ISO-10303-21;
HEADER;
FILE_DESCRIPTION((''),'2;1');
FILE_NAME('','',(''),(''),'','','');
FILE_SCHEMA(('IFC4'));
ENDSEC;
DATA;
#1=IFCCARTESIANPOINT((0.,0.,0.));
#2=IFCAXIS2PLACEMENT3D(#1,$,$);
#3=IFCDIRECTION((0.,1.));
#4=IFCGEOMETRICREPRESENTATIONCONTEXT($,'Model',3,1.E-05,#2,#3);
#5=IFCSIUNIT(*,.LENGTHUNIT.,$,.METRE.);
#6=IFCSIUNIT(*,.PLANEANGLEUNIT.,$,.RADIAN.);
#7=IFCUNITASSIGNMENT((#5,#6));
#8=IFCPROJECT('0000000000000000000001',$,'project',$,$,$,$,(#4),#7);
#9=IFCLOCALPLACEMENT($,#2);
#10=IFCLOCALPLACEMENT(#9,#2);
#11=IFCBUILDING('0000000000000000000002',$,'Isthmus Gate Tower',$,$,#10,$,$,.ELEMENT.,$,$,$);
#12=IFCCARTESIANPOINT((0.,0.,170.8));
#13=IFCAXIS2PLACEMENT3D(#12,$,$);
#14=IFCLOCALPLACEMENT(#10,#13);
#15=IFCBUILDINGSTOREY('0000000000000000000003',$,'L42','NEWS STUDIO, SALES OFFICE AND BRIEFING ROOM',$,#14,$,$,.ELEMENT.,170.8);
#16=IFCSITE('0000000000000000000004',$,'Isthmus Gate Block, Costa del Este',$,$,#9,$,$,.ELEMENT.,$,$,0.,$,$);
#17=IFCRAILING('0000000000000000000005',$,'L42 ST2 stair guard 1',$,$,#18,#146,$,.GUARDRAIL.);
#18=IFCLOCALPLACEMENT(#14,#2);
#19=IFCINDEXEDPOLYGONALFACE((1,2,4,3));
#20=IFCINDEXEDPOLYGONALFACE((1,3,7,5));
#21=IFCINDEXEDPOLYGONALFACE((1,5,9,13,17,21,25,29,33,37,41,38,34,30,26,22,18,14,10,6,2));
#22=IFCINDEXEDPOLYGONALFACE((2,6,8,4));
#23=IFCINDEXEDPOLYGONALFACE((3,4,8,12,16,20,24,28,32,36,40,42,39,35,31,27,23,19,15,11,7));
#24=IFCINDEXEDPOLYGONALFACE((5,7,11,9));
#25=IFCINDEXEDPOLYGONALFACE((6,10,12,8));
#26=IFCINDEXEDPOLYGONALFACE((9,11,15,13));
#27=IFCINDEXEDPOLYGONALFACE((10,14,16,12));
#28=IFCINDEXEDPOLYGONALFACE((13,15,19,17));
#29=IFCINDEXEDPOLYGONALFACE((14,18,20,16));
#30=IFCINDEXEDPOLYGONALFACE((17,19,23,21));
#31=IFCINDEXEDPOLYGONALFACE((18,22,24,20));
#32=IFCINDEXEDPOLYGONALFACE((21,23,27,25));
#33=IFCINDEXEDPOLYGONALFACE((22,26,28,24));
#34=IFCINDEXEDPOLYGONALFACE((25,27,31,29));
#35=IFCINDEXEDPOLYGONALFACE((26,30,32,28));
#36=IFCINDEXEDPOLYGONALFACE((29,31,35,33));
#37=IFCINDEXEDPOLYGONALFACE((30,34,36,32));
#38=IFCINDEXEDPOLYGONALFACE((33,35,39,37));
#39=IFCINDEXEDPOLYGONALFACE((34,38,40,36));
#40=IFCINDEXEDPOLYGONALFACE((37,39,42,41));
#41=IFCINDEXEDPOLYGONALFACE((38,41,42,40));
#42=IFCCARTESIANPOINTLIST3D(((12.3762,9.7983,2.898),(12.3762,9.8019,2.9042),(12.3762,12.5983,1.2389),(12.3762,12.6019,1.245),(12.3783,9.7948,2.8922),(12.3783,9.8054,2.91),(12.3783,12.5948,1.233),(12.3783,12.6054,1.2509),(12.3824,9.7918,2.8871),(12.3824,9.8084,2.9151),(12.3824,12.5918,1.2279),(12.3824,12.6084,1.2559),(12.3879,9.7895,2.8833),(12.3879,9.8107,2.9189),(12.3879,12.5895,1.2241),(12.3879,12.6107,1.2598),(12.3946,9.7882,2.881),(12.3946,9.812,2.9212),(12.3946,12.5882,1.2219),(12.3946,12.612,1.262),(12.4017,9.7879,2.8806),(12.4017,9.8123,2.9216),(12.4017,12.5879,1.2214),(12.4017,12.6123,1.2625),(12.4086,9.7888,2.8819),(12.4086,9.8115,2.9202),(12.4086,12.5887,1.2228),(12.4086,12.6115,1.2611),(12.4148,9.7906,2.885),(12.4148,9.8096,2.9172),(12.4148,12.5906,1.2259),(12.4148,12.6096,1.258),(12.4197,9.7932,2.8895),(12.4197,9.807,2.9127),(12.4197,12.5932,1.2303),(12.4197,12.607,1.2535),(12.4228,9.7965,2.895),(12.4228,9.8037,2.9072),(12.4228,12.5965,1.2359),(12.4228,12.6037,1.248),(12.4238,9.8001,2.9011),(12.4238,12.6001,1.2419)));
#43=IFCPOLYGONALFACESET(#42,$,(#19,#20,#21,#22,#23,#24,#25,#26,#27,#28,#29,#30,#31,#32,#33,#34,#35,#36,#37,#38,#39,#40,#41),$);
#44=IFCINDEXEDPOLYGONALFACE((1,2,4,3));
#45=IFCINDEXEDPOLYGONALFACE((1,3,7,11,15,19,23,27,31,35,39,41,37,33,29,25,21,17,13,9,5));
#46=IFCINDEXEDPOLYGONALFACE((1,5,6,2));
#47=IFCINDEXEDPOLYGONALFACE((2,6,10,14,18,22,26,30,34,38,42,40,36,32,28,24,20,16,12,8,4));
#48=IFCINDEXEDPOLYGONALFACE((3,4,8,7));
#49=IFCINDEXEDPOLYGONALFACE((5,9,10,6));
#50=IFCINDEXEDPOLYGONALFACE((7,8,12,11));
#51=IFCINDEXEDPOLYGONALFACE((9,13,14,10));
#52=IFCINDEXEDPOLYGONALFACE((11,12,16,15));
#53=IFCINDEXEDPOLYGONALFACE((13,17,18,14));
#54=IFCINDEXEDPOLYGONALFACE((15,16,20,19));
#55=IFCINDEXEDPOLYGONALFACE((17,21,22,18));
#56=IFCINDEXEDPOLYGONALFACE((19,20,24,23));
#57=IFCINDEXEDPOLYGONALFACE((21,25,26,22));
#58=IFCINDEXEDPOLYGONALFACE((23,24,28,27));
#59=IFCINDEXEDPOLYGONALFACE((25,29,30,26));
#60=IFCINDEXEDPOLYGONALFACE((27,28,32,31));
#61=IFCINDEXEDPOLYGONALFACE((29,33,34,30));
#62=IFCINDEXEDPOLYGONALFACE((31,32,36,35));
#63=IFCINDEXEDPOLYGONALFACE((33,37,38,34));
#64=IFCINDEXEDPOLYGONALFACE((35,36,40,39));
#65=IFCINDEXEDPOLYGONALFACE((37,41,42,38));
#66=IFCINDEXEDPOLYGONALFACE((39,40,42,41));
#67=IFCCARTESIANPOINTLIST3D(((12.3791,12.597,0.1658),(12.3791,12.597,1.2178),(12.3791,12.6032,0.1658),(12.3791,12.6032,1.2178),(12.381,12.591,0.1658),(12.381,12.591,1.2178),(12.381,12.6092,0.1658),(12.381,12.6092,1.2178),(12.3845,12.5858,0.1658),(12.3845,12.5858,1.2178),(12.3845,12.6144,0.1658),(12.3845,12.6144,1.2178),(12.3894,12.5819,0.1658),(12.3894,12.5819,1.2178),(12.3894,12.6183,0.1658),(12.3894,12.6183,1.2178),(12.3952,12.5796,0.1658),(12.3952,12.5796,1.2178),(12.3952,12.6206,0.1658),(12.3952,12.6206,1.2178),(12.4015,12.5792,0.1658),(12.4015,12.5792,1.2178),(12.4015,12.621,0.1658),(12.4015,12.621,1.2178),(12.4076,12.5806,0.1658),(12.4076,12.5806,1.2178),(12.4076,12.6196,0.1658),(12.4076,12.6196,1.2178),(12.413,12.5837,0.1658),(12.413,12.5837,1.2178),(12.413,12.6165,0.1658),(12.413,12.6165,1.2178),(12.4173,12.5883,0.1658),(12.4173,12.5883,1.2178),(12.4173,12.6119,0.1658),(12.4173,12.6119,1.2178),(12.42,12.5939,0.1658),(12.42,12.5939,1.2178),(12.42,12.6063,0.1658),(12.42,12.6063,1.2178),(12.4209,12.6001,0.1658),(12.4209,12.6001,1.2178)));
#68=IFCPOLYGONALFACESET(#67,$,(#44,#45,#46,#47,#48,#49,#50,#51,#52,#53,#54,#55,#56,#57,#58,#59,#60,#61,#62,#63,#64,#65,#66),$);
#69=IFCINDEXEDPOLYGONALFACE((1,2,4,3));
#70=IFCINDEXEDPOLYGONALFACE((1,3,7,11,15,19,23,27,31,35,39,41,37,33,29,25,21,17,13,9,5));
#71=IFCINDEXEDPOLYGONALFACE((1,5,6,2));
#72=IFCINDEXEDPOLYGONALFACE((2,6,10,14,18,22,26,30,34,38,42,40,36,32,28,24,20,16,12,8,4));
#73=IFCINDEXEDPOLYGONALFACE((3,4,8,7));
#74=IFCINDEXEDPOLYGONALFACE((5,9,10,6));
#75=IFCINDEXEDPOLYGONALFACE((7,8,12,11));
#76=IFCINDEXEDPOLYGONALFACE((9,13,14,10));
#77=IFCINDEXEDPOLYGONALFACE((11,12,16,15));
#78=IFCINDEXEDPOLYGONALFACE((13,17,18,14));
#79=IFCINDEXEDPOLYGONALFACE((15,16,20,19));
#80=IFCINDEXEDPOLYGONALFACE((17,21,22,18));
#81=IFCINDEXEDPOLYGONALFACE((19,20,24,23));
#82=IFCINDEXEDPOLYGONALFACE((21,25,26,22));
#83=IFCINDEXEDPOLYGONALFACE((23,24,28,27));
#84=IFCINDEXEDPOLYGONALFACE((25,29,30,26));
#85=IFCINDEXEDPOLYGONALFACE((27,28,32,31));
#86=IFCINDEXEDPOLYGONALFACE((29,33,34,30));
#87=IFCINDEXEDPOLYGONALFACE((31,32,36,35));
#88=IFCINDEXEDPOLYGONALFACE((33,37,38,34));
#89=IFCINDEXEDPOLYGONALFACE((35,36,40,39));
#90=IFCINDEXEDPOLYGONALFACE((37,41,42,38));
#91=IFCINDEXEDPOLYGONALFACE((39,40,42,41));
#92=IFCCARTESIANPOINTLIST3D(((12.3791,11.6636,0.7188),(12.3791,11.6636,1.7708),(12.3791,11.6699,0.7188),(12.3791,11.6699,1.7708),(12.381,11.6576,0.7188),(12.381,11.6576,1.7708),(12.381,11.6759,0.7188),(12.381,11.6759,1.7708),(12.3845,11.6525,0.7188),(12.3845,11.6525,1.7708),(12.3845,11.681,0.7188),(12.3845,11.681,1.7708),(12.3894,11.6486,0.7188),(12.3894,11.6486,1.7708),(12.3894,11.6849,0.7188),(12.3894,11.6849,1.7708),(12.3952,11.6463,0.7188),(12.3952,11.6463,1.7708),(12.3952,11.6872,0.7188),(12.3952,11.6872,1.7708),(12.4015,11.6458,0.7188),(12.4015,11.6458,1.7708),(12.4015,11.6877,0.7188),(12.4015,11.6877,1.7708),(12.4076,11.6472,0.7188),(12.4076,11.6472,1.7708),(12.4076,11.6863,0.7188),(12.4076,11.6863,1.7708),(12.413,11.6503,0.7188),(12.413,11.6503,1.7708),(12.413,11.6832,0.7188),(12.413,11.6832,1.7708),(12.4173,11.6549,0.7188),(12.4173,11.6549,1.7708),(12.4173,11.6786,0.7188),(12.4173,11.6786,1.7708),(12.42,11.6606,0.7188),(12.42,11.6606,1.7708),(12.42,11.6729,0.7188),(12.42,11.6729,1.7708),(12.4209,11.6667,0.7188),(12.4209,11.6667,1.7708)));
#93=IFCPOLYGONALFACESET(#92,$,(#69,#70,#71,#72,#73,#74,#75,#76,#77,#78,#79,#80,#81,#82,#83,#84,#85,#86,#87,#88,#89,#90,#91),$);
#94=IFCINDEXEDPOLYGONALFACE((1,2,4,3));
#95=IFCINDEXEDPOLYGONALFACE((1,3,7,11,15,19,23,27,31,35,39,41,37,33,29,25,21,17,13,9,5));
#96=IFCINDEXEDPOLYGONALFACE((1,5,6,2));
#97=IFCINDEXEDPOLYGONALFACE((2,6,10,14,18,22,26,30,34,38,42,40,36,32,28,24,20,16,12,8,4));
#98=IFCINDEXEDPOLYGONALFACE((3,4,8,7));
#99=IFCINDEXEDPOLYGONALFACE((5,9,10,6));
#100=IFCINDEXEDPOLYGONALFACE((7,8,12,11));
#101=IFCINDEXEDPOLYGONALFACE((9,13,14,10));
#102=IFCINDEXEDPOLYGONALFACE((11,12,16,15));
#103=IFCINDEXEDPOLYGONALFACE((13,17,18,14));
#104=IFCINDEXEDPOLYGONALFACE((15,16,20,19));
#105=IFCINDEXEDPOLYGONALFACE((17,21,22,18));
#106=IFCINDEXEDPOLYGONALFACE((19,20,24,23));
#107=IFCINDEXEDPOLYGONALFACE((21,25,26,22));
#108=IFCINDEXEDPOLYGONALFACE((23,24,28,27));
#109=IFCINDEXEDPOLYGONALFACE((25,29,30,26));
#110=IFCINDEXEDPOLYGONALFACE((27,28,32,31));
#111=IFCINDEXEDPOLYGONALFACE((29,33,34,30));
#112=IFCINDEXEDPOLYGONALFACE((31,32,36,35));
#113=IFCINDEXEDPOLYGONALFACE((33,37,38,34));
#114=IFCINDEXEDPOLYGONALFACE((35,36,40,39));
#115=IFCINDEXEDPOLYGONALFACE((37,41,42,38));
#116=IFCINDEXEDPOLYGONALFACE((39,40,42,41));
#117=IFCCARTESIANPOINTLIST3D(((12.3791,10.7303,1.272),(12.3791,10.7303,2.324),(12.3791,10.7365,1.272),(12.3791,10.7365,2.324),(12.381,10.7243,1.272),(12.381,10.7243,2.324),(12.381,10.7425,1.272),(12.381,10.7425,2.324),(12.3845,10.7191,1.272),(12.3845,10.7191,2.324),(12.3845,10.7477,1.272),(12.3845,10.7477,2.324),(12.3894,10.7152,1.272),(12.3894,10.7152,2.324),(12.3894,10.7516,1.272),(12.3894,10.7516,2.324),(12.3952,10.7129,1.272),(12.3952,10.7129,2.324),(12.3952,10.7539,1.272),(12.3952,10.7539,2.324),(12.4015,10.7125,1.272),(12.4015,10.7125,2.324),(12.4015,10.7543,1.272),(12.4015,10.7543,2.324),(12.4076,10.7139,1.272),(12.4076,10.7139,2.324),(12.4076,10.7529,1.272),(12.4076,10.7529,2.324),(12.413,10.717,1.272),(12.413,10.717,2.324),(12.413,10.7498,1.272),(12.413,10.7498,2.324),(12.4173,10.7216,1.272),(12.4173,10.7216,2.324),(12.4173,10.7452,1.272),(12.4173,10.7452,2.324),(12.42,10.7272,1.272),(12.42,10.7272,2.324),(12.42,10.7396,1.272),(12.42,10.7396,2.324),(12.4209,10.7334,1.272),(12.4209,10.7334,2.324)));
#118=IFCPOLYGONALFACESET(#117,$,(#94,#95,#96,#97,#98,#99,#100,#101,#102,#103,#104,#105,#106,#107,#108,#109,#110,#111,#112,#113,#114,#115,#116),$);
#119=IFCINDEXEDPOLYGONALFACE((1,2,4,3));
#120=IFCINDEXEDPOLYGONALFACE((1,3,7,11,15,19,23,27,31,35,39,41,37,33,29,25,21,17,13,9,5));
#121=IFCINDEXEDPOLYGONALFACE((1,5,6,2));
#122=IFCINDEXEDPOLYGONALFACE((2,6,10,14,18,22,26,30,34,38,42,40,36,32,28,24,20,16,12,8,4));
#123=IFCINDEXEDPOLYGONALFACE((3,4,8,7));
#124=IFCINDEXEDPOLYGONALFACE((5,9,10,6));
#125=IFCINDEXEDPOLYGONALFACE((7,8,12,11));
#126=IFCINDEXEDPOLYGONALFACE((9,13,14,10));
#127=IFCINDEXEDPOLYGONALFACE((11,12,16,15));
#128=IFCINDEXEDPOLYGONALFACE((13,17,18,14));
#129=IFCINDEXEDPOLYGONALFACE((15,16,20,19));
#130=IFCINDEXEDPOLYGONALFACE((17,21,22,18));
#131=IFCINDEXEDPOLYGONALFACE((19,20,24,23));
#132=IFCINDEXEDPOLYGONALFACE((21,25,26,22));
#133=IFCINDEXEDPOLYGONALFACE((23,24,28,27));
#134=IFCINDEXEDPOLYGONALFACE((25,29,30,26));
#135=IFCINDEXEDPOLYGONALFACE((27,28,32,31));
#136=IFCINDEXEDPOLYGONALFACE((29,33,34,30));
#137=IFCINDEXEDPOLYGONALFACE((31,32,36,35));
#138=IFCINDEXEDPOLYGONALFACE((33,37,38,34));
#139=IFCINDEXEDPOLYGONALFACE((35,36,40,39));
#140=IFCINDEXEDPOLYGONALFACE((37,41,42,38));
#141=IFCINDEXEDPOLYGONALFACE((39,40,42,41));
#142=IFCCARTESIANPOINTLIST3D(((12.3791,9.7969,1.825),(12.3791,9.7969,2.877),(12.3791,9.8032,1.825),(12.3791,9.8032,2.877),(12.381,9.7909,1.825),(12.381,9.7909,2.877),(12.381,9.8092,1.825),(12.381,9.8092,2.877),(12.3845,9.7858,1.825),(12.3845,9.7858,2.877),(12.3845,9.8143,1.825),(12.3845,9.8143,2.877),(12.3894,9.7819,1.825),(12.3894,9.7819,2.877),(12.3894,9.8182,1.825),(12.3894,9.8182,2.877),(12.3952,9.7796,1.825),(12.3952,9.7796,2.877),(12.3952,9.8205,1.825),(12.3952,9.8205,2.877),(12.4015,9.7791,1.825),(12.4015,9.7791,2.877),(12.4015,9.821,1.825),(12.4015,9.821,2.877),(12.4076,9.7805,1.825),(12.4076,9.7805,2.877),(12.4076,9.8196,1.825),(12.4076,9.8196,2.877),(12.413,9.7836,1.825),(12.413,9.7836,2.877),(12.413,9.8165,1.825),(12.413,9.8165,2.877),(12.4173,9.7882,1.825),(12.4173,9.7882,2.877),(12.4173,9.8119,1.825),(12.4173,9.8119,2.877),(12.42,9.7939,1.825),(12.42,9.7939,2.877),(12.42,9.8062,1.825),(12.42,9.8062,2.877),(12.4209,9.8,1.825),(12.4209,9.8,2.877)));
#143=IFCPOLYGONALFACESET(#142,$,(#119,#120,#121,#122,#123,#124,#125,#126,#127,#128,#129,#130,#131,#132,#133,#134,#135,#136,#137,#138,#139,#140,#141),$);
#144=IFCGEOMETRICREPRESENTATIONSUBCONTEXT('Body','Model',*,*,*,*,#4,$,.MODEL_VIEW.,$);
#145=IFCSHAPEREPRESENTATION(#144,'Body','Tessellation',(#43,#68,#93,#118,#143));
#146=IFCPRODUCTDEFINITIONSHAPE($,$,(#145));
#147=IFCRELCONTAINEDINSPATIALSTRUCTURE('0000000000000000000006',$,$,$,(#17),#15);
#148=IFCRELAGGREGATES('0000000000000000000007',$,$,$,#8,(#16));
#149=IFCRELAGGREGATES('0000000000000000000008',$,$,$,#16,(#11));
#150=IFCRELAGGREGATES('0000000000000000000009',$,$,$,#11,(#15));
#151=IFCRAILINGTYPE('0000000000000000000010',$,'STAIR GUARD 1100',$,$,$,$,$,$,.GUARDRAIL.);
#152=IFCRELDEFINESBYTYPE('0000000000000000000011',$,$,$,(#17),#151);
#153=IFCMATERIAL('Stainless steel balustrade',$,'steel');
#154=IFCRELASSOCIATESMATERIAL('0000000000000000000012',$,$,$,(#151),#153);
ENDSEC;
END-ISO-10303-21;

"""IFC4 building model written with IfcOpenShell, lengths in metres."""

from ifc_helpers import new_model, si_unit, direction, frame, origin, origin_2d, place, context, subcontext, project, spatial, circle, extrude, material, type_object, element, save


model = new_model("IFC4")

# Units and contexts
model_context = context("Model", 3, precision=1e-05, world=origin(), true_north=direction((0.0, 1.0)))
body_context = subcontext(model_context, "Body", "Model", "MODEL_VIEW")
ifc_project = project(units=[si_unit("LENGTHUNIT", "METRE"), si_unit("PLANEANGLEUNIT", "RADIAN")], contexts=[model_context])

# Site, building, storey
site_placement = place(None, origin())
site = spatial("IfcSite", under=ifc_project, at=site_placement, Name="Isthmus Gate Block, Costa del Este", CompositionType="ELEMENT", RefElevation=0.0)
building_placement = place(site_placement, origin())
building = spatial("IfcBuilding", under=site, at=building_placement, Name="Isthmus Gate Tower", CompositionType="ELEMENT")
storey_placement = place(building_placement, frame((0.0, 0.0, 170.8)))
storey = spatial("IfcBuildingStorey", under=building, at=storey_placement, Name="L42", Description="NEWS STUDIO, SALES OFFICE AND BRIEFING ROOM", CompositionType="ELEMENT", Elevation=170.8)

# Railing
ifc_material_1 = material(Name="Stainless steel balustrade", Category="steel")
railing_type = type_object("IfcRailingType", Name="STAIR GUARD 1100", PredefinedType="GUARDRAIL", material=ifc_material_1)
railing_1_placement = place(storey_placement, frame((12.3999, 12.6001, 0.1658)))
element("IfcRailing", 1, at=railing_1_placement, inside=storey, type_object=railing_type, Name="L42 ST2 stair guard 1", PredefinedType="GUARDRAIL", context=body_context, shape_type="SweptSolid", body=[
    extrude(circle(Radius=0.0239, at=origin_2d()), frame((0.0, 0.0, 1.0762), z_axis=(0.0, -0.860306, 0.509778), x_axis=(1.0, 0.0, 0.0)), (0.0, 0.0, 1.0), 3.2546),
    extrude(circle(Radius=0.021, at=origin_2d()), origin(), (0.0, 0.0, 1.0), 1.052),
    extrude(circle(Radius=0.021, at=origin_2d()), frame((0.0, -0.9333, 0.553)), (0.0, 0.0, 1.0), 1.052),
    extrude(circle(Radius=0.021, at=origin_2d()), frame((0.0, -1.8667, 1.1062)), (0.0, 0.0, 1.0), 1.052),
    extrude(circle(Radius=0.021, at=origin_2d()), frame((0.0, -2.8, 1.6592)), (0.0, 0.0, 1.0), 1.052),
])

save(model, "model.ifc")
